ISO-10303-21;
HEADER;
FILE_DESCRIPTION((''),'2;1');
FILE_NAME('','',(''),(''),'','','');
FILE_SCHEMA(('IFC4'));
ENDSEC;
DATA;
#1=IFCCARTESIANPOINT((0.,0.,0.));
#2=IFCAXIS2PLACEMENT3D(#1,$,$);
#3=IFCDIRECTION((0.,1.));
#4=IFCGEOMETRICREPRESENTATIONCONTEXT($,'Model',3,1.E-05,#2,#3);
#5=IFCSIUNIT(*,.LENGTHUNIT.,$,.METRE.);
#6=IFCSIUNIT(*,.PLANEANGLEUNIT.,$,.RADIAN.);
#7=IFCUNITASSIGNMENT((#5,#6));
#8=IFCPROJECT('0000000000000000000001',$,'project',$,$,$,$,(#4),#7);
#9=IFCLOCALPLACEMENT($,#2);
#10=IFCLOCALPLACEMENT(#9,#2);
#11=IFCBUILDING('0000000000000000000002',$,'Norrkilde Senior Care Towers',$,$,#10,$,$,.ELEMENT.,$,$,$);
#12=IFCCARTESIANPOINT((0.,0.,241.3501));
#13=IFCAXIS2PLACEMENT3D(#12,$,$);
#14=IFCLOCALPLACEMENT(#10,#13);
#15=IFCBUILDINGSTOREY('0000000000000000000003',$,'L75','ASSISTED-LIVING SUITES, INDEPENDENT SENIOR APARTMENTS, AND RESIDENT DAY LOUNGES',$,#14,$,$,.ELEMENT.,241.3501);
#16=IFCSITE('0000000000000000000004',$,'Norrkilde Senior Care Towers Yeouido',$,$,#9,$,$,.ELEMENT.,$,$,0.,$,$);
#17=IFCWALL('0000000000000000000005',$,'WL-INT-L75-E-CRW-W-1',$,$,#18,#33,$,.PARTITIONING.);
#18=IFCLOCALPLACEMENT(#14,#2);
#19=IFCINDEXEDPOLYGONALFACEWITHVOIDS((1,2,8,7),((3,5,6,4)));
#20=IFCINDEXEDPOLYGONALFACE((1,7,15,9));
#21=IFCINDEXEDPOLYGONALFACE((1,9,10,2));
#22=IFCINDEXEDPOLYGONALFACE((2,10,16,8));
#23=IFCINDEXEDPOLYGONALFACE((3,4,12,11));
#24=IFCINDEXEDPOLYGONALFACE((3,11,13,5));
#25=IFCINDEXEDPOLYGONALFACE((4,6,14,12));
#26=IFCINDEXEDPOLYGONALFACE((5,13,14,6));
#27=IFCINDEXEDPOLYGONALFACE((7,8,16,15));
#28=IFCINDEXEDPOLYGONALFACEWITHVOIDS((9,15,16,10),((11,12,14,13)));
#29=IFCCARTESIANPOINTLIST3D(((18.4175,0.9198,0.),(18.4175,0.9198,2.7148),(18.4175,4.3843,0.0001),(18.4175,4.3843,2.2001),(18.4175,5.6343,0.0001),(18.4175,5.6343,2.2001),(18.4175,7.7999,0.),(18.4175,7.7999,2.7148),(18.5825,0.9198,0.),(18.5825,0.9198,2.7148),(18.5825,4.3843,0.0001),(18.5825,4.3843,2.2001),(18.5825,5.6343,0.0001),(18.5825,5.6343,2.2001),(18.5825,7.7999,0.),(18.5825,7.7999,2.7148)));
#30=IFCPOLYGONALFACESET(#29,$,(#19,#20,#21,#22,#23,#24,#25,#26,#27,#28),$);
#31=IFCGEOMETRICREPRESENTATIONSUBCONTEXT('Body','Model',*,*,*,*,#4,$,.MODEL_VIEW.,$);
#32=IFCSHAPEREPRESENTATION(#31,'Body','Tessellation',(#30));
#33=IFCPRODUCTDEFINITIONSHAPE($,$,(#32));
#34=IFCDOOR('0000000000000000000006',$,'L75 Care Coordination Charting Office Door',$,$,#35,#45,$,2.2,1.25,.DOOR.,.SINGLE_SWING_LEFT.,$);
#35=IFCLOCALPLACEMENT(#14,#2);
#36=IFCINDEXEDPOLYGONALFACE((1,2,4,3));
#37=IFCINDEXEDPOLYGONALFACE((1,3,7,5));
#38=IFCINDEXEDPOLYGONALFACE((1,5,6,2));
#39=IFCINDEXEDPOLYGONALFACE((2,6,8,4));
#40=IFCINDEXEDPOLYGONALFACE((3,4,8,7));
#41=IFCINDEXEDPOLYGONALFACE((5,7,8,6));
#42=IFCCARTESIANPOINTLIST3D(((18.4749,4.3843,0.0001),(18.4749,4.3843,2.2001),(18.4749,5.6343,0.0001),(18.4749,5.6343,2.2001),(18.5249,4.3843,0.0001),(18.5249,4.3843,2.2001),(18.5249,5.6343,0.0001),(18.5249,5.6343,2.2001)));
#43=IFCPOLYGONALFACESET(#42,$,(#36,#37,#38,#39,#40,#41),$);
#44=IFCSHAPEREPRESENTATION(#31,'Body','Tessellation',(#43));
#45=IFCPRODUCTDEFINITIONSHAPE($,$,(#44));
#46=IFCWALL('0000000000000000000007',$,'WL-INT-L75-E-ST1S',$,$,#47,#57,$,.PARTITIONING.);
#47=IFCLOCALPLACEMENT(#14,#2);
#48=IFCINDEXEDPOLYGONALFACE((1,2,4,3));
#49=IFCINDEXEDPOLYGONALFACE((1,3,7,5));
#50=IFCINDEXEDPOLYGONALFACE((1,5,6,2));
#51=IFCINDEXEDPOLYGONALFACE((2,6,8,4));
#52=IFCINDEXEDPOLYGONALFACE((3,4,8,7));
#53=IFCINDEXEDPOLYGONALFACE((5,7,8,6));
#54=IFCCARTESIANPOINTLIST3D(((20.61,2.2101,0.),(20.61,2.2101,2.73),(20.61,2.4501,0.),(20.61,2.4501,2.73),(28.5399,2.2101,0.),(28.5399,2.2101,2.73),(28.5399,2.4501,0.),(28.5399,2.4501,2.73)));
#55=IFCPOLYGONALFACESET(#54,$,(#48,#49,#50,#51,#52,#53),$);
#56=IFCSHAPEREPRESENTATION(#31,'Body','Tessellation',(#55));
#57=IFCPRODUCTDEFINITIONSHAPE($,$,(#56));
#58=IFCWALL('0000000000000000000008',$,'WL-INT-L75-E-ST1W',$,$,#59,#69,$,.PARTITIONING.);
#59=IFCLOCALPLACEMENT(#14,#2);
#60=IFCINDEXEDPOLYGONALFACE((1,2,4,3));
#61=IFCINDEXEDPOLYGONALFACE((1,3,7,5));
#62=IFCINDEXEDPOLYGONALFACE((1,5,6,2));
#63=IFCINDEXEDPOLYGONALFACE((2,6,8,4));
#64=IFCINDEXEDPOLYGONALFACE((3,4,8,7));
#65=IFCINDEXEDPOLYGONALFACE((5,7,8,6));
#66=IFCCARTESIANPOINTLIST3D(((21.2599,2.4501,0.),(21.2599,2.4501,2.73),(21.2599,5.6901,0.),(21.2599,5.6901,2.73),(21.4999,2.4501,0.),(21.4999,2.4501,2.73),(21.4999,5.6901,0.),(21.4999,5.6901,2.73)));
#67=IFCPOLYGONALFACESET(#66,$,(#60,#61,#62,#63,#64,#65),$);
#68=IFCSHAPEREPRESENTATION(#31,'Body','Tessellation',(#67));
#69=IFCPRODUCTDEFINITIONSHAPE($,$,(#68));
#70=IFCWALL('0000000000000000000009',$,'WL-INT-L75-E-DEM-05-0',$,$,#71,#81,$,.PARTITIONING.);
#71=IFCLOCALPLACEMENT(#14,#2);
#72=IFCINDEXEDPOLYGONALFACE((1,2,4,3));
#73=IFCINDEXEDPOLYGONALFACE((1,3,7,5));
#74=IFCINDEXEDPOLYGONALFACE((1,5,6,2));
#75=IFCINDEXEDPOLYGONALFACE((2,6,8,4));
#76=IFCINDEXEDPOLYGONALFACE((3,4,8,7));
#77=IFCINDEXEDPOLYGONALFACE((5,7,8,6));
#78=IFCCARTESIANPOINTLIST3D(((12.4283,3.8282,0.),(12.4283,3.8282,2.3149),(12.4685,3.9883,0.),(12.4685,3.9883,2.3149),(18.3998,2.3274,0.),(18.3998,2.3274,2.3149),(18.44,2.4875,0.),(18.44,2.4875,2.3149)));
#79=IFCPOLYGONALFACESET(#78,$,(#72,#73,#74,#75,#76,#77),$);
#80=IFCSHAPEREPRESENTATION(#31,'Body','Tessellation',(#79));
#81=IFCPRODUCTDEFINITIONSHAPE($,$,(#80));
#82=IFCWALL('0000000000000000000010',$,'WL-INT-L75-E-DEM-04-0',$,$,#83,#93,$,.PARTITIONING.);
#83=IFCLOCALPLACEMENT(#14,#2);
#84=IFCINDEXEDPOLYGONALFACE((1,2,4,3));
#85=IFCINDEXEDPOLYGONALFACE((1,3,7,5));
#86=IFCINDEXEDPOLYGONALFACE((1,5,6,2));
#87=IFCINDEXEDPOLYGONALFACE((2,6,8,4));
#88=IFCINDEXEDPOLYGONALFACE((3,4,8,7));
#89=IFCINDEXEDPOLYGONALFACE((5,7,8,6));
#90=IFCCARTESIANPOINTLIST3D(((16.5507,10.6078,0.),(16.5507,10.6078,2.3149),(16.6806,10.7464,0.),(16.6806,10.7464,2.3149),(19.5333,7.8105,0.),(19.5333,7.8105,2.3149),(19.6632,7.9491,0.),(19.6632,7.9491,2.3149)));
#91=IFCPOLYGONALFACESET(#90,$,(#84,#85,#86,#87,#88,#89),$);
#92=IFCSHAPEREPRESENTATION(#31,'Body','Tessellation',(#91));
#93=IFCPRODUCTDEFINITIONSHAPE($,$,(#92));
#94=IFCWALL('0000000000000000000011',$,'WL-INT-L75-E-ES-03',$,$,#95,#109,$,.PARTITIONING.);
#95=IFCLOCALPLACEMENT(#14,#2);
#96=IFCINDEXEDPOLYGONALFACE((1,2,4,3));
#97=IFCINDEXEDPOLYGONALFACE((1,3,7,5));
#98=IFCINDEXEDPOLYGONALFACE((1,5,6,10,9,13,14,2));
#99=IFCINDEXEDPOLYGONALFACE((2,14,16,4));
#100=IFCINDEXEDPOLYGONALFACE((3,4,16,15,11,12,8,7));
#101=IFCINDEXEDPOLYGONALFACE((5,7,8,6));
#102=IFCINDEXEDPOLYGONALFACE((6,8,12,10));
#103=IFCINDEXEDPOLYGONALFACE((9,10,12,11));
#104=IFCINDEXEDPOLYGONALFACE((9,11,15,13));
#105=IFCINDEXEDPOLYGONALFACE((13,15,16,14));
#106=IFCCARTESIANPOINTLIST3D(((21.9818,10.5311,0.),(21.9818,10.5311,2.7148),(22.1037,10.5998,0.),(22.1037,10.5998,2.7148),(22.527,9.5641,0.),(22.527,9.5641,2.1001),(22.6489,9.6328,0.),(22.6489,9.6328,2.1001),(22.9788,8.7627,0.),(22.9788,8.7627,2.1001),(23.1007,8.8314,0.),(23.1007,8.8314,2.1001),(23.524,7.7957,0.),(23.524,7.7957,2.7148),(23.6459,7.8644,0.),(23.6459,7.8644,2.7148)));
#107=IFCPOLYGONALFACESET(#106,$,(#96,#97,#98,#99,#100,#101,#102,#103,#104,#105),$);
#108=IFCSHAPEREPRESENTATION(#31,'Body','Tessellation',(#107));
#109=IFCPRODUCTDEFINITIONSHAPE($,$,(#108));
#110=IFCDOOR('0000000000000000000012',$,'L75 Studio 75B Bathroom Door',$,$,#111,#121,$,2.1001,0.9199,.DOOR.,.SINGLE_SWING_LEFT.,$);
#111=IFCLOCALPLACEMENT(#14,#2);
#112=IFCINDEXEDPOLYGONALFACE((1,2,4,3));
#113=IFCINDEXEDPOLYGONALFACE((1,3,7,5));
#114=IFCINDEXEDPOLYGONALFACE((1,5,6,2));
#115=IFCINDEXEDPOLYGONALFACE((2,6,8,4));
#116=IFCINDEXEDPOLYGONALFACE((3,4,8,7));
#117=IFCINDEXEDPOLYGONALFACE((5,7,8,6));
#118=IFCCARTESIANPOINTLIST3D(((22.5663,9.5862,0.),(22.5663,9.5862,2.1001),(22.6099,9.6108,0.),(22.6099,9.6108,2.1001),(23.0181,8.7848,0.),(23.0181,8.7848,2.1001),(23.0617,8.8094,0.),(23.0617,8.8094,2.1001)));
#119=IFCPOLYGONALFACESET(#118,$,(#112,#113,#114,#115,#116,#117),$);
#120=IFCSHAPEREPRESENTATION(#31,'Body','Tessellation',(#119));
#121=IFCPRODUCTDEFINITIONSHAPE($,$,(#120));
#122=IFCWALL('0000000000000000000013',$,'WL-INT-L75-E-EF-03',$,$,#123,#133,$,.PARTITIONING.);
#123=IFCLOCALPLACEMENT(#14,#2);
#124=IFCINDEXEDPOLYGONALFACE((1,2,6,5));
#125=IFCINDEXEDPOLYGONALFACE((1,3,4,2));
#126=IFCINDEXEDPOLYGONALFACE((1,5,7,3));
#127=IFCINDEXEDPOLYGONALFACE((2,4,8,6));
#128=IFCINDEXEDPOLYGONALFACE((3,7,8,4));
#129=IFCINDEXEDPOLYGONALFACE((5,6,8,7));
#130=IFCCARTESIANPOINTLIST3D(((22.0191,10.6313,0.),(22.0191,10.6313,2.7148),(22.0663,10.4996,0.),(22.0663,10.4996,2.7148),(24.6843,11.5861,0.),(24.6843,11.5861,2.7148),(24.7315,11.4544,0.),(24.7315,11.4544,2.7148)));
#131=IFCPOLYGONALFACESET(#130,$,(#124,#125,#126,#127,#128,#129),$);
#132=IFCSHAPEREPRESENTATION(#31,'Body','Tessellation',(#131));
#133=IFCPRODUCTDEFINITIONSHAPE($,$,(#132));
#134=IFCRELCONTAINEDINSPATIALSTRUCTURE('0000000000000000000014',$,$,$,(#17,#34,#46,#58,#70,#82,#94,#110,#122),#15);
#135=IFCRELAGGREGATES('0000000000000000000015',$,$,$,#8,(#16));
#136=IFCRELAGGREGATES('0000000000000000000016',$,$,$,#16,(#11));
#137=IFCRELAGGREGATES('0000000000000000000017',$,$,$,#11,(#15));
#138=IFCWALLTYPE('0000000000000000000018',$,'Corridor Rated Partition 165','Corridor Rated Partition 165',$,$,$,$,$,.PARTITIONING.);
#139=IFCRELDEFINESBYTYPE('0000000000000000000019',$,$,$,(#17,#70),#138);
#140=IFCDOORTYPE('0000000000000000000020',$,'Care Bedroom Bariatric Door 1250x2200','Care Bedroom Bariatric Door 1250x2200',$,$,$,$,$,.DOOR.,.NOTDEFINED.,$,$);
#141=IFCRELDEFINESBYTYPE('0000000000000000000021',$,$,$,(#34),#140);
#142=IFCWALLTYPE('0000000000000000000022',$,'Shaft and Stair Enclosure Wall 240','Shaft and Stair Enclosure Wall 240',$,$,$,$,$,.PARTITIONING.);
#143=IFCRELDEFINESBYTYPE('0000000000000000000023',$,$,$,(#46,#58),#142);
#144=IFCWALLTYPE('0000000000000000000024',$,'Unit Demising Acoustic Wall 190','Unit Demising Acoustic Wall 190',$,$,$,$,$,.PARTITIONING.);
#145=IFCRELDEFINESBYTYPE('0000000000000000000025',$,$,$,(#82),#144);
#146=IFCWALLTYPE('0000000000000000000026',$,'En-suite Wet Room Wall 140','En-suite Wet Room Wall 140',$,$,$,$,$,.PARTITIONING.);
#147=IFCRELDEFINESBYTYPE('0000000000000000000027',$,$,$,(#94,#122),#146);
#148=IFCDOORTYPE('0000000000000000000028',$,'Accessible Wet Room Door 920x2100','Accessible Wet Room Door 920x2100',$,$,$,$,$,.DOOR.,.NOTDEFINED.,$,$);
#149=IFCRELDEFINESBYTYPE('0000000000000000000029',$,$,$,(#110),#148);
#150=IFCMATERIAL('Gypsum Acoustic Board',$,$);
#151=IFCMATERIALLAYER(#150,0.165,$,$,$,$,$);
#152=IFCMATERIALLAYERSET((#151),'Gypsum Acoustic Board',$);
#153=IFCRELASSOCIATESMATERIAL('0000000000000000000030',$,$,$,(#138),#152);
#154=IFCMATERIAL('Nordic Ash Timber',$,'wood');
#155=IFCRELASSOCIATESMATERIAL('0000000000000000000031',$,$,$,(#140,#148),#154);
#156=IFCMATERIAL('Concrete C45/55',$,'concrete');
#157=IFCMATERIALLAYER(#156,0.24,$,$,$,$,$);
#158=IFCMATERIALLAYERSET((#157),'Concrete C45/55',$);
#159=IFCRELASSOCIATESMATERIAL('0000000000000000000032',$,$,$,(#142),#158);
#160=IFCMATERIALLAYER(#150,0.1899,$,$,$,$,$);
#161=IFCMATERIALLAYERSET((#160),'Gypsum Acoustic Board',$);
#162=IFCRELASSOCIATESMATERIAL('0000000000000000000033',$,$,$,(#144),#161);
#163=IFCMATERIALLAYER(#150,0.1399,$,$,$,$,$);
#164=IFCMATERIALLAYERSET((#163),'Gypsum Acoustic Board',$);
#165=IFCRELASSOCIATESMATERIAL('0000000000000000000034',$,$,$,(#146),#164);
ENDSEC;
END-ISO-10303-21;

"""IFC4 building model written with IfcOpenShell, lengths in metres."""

from ifc_helpers import new_model, si_unit, direction, frame, frame_2d, origin, place, context, subcontext, project, spatial, rectangle, extrude, source, transform, mapped, material, layer, layer_set, type_object, type_shapes, element, fill, save


model = new_model("IFC4")

# Units and contexts
model_context = context("Model", 3, precision=1e-05, world=origin(), true_north=direction((0.0, 1.0)))
body_context = subcontext(model_context, "Body", "Model", "MODEL_VIEW")
ifc_project = project(units=[si_unit("LENGTHUNIT", "METRE"), si_unit("PLANEANGLEUNIT", "RADIAN")], contexts=[model_context])

# Site, building, storey
site_placement = place(None, origin())
site = spatial("IfcSite", under=ifc_project, at=site_placement, Name="Norrkilde Senior Care Towers Yeouido", CompositionType="ELEMENT", RefElevation=0.0)
building_placement = place(site_placement, origin())
building = spatial("IfcBuilding", under=site, at=building_placement, Name="Norrkilde Senior Care Towers", CompositionType="ELEMENT")
storey_placement = place(building_placement, frame((0.0, 0.0, 241.3501)))
storey = spatial("IfcBuildingStorey", under=building, at=storey_placement, Name="L75", Description="ASSISTED-LIVING SUITES, INDEPENDENT SENIOR APARTMENTS, AND RESIDENT DAY LOUNGES", CompositionType="ELEMENT", Elevation=241.3501)

# Wall, opening, door
ifc_material_1 = material(Name="Gypsum Acoustic Board")
ifc_layer_1 = layer(ifc_material_1, 0.165)
ifc_layer_set_1 = layer_set([ifc_layer_1], Name="Gypsum Acoustic Board")
wall_type_1 = type_object("IfcWallType", Name="Corridor Rated Partition 165", Description="Corridor Rated Partition 165", PredefinedType="PARTITIONING", material=ifc_layer_set_1)
ifc_material_2 = material(Name="Nordic Ash Timber", Category="wood")
shared_shape_1 = source(origin(), body_context, "Body", "SweptSolid", [
    extrude(rectangle(XDim=6.8801, YDim=0.165, at=frame_2d((3.4399, 0.0))), origin(), (0.0, 0.0, 1.0), 2.7148),
])
wall_1_placement = place(storey_placement, frame((18.5, 0.9199, 0.0), z_axis=(0.0, 0.0, 1.0), x_axis=(0.0, 1.0, 0.0)))
wall_1 = element("IfcWall", 1, at=wall_1_placement, inside=storey, type_object=wall_type_1, Name="WL-INT-L75-E-CRW-W-1", PredefinedType="PARTITIONING", context=body_context, shape_type="MappedRepresentation", body=[
    mapped(shared_shape_1, transform((0.0, 0.0, 0.0), x_axis=(1.0, 0.0, 0.0), y_axis=(0.0, 1.0, 0.0), z_axis=(0.0, 0.0, 1.0), scale=1.0)),
])
opening_1_placement = place(wall_1_placement, frame((3.4644, 0.0, 0.0)))
opening_1 = element("IfcOpeningElement", 2, at=opening_1_placement, cuts=wall_1, PredefinedType="OPENING", context=body_context, shape_type="SweptSolid", body=[
    extrude(rectangle(XDim=1.25, YDim=2.2, at=frame_2d((0.625, 1.1001))), frame((0.0, 0.0925, 0.0), z_axis=(0.0, -1.0, 0.0), x_axis=(1.0, 0.0, 0.0)), (0.0, 0.0, 1.0), 0.1851),
])
door_type_1 = type_object("IfcDoorType", Name="Care Bedroom Bariatric Door 1250x2200", Description="Care Bedroom Bariatric Door 1250x2200", OperationType="NOTDEFINED", PredefinedType="DOOR", material=ifc_material_2)
shared_shape_2 = source(origin(), body_context, "Body", "SweptSolid", [
    extrude(rectangle(XDim=1.25, YDim=2.2, at=frame_2d((0.625, 1.1001))), frame((0.0, 0.0249, 0.0), z_axis=(0.0, -1.0, 0.0), x_axis=(1.0, 0.0, 0.0)), (0.0, 0.0, 1.0), 0.05),
])
type_shapes(door_type_1, [shared_shape_2])
door_1_placement = place(opening_1_placement, frame((1.25, 0.0, 0.0), z_axis=(0.0, 0.0, 1.0), x_axis=(-1.0, 0.0, 0.0)))
door_1 = element("IfcDoor", 3, at=door_1_placement, inside=storey, type_object=door_type_1, Name="L75 Care Coordination Charting Office Door", OperationType="SINGLE_SWING_LEFT", OverallHeight=2.2, OverallWidth=1.25, PredefinedType="DOOR", context=body_context, shape_type="MappedRepresentation", body=[
    mapped(shared_shape_2, transform((0.0, 0.0, 0.0), x_axis=(1.0, 0.0, 0.0), y_axis=(0.0, 1.0, 0.0), z_axis=(0.0, 0.0, 1.0), scale=1.0)),
])
fill(opening_1, door_1)

# Walls
ifc_material_3 = material(Name="Concrete C45/55", Category="concrete")
ifc_layer_2 = layer(ifc_material_3, 0.24)
ifc_layer_set_2 = layer_set([ifc_layer_2], Name="Concrete C45/55")
wall_type_2 = type_object("IfcWallType", Name="Shaft and Stair Enclosure Wall 240", Description="Shaft and Stair Enclosure Wall 240", PredefinedType="PARTITIONING", material=ifc_layer_set_2)
shared_shape_3 = source(origin(), body_context, "Body", "SweptSolid", [
    extrude(rectangle(XDim=7.9299, YDim=0.24, at=frame_2d((3.9648, 0.0))), origin(), (0.0, 0.0, 1.0), 2.73),
])
wall_2_placement = place(storey_placement, frame((20.6101, 2.3301, 0.0), z_axis=(0.0, 0.0, 1.0), x_axis=(1.0, 0.0, 0.0)))
element("IfcWall", 4, at=wall_2_placement, inside=storey, type_object=wall_type_2, Name="WL-INT-L75-E-ST1S", PredefinedType="PARTITIONING", context=body_context, shape_type="MappedRepresentation", body=[
    mapped(shared_shape_3, transform((0.0, 0.0, 0.0), x_axis=(1.0, 0.0, 0.0), y_axis=(0.0, 1.0, 0.0), z_axis=(0.0, 0.0, 1.0), scale=1.0)),
])
shared_shape_4 = source(origin(), body_context, "Body", "SweptSolid", [
    extrude(rectangle(XDim=3.24, YDim=0.24, at=frame_2d((1.6201, 0.0))), origin(), (0.0, 0.0, 1.0), 2.73),
])
type_shapes(wall_type_2, [shared_shape_3, shared_shape_4])
wall_3_placement = place(storey_placement, frame((21.3799, 2.45, 0.0), z_axis=(0.0, 0.0, 1.0), x_axis=(0.0, 1.0, 0.0)))
element("IfcWall", 5, at=wall_3_placement, inside=storey, type_object=wall_type_2, Name="WL-INT-L75-E-ST1W", PredefinedType="PARTITIONING", context=body_context, shape_type="MappedRepresentation", body=[
    mapped(shared_shape_4, transform((0.0, 0.0, 0.0), x_axis=(1.0, 0.0, 0.0), y_axis=(0.0, 1.0, 0.0), z_axis=(0.0, 0.0, 1.0), scale=1.0)),
])
shared_shape_5 = source(origin(), body_context, "Body", "SweptSolid", [
    extrude(rectangle(XDim=6.1572, YDim=0.165, at=frame_2d((3.0786, 0.0))), origin(), (0.0, 0.0, 1.0), 2.3149),
])
wall_4_placement = place(storey_placement, frame((18.4199, 2.4075, 0.0), z_axis=(0.0, 0.0, 1.0), x_axis=(-0.969841, 0.243739, 0.0)))
element("IfcWall", 6, at=wall_4_placement, inside=storey, type_object=wall_type_1, Name="WL-INT-L75-E-DEM-05-0", PredefinedType="PARTITIONING", context=body_context, shape_type="MappedRepresentation", body=[
    mapped(shared_shape_5, transform((0.0, 0.0, 0.0), x_axis=(1.0, 0.0, 0.0), y_axis=(0.0, 1.0, 0.0), z_axis=(0.0, 0.0, 1.0), scale=1.0)),
])
ifc_layer_3 = layer(ifc_material_1, 0.1899)
ifc_layer_set_3 = layer_set([ifc_layer_3], Name="Gypsum Acoustic Board")
wall_type_3 = type_object("IfcWallType", Name="Unit Demising Acoustic Wall 190", Description="Unit Demising Acoustic Wall 190", PredefinedType="PARTITIONING", material=ifc_layer_set_3)
shared_shape_6 = source(origin(), body_context, "Body", "SweptSolid", [
    extrude(rectangle(XDim=4.0891, YDim=0.1899, at=frame_2d((2.0444, 0.0))), origin(), (0.0, 0.0, 1.0), 2.3149),
])
type_shapes(wall_type_3, [shared_shape_6])
wall_5_placement = place(storey_placement, frame((19.5981, 7.8799, 0.0), z_axis=(0.0, 0.0, 1.0), x_axis=(-0.729401, 0.684086, 0.0)))
element("IfcWall", 7, at=wall_5_placement, inside=storey, type_object=wall_type_3, Name="WL-INT-L75-E-DEM-04-0", PredefinedType="PARTITIONING", context=body_context, shape_type="MappedRepresentation", body=[
    mapped(shared_shape_6, transform((0.0, 0.0, 0.0), x_axis=(1.0, 0.0, 0.0), y_axis=(0.0, 1.0, 0.0), z_axis=(0.0, 0.0, 1.0), scale=1.0)),
])

# Wall, opening, door
ifc_layer_4 = layer(ifc_material_1, 0.1399)
ifc_layer_set_4 = layer_set([ifc_layer_4], Name="Gypsum Acoustic Board")
wall_type_4 = type_object("IfcWallType", Name="En-suite Wet Room Wall 140", Description="En-suite Wet Room Wall 140", PredefinedType="PARTITIONING", material=ifc_layer_set_4)
shared_shape_7 = source(origin(), body_context, "Body", "SweptSolid", [
    extrude(rectangle(XDim=3.1401, YDim=0.1399, at=frame_2d((1.5701, 0.0))), origin(), (0.0, 0.0, 1.0), 2.7148),
])
wall_6_placement = place(storey_placement, frame((23.585, 7.8301, 0.0), z_axis=(0.0, 0.0, 1.0), x_axis=(-0.491132, 0.871085, 0.0)))
wall_6 = element("IfcWall", 8, at=wall_6_placement, inside=storey, type_object=wall_type_4, Name="WL-INT-L75-E-ES-03", PredefinedType="PARTITIONING", context=body_context, shape_type="MappedRepresentation", body=[
    mapped(shared_shape_7, transform((0.0, 0.0, 0.0), x_axis=(1.0, 0.0, 0.0), y_axis=(0.0, 1.0, 0.0), z_axis=(0.0, 0.0, 1.0), scale=1.0)),
])
opening_2_placement = place(wall_6_placement, frame((1.1101, 0.0, 0.0)))
opening_2 = element("IfcOpeningElement", 9, at=opening_2_placement, cuts=wall_6, PredefinedType="OPENING", context=body_context, shape_type="SweptSolid", body=[
    extrude(rectangle(XDim=0.9199, YDim=2.1001, at=frame_2d((0.46, 1.05))), frame((0.0, 0.0798, 0.0), z_axis=(0.0, -1.0, 0.0), x_axis=(1.0, 0.0, 0.0)), (0.0, 0.0, 1.0), 0.1599),
])
door_type_2 = type_object("IfcDoorType", Name="Accessible Wet Room Door 920x2100", Description="Accessible Wet Room Door 920x2100", OperationType="NOTDEFINED", PredefinedType="DOOR", material=ifc_material_2)
shared_shape_8 = source(origin(), body_context, "Body", "SweptSolid", [
    extrude(rectangle(XDim=0.9199, YDim=2.1001, at=frame_2d((0.46, 1.05))), frame((0.0, 0.0249, 0.0), z_axis=(0.0, -1.0, 0.0), x_axis=(1.0, 0.0, 0.0)), (0.0, 0.0, 1.0), 0.05),
])
type_shapes(door_type_2, [shared_shape_8])
door_2_placement = place(opening_2_placement, origin())
door_2 = element("IfcDoor", 10, at=door_2_placement, inside=storey, type_object=door_type_2, Name="L75 Studio 75B Bathroom Door", OperationType="SINGLE_SWING_LEFT", OverallHeight=2.1001, OverallWidth=0.9199, PredefinedType="DOOR", context=body_context, shape_type="MappedRepresentation", body=[
    mapped(shared_shape_8, transform((0.0, 0.0, 0.0), x_axis=(1.0, 0.0, 0.0), y_axis=(0.0, 1.0, 0.0), z_axis=(0.0, 0.0, 1.0), scale=1.0)),
])
fill(opening_2, door_2)

# Wall
shared_shape_9 = source(origin(), body_context, "Body", "SweptSolid", [
    extrude(rectangle(XDim=2.8311, YDim=0.1399, at=frame_2d((1.4155, 0.0))), origin(), (0.0, 0.0, 1.0), 2.7148),
])
type_shapes(wall_type_4, [shared_shape_7, shared_shape_9])
wall_7_placement = place(storey_placement, frame((22.0427, 10.5654, 0.0), z_axis=(0.0, 0.0, 1.0), x_axis=(0.941412, 0.337259, 0.0)))
element("IfcWall", 11, at=wall_7_placement, inside=storey, type_object=wall_type_4, Name="WL-INT-L75-E-EF-03", PredefinedType="PARTITIONING", context=body_context, shape_type="MappedRepresentation", body=[
    mapped(shared_shape_9, transform((0.0, 0.0, 0.0), x_axis=(1.0, 0.0, 0.0), y_axis=(0.0, 1.0, 0.0), z_axis=(0.0, 0.0, 1.0), scale=1.0)),
])

save(model, "model.ifc")
